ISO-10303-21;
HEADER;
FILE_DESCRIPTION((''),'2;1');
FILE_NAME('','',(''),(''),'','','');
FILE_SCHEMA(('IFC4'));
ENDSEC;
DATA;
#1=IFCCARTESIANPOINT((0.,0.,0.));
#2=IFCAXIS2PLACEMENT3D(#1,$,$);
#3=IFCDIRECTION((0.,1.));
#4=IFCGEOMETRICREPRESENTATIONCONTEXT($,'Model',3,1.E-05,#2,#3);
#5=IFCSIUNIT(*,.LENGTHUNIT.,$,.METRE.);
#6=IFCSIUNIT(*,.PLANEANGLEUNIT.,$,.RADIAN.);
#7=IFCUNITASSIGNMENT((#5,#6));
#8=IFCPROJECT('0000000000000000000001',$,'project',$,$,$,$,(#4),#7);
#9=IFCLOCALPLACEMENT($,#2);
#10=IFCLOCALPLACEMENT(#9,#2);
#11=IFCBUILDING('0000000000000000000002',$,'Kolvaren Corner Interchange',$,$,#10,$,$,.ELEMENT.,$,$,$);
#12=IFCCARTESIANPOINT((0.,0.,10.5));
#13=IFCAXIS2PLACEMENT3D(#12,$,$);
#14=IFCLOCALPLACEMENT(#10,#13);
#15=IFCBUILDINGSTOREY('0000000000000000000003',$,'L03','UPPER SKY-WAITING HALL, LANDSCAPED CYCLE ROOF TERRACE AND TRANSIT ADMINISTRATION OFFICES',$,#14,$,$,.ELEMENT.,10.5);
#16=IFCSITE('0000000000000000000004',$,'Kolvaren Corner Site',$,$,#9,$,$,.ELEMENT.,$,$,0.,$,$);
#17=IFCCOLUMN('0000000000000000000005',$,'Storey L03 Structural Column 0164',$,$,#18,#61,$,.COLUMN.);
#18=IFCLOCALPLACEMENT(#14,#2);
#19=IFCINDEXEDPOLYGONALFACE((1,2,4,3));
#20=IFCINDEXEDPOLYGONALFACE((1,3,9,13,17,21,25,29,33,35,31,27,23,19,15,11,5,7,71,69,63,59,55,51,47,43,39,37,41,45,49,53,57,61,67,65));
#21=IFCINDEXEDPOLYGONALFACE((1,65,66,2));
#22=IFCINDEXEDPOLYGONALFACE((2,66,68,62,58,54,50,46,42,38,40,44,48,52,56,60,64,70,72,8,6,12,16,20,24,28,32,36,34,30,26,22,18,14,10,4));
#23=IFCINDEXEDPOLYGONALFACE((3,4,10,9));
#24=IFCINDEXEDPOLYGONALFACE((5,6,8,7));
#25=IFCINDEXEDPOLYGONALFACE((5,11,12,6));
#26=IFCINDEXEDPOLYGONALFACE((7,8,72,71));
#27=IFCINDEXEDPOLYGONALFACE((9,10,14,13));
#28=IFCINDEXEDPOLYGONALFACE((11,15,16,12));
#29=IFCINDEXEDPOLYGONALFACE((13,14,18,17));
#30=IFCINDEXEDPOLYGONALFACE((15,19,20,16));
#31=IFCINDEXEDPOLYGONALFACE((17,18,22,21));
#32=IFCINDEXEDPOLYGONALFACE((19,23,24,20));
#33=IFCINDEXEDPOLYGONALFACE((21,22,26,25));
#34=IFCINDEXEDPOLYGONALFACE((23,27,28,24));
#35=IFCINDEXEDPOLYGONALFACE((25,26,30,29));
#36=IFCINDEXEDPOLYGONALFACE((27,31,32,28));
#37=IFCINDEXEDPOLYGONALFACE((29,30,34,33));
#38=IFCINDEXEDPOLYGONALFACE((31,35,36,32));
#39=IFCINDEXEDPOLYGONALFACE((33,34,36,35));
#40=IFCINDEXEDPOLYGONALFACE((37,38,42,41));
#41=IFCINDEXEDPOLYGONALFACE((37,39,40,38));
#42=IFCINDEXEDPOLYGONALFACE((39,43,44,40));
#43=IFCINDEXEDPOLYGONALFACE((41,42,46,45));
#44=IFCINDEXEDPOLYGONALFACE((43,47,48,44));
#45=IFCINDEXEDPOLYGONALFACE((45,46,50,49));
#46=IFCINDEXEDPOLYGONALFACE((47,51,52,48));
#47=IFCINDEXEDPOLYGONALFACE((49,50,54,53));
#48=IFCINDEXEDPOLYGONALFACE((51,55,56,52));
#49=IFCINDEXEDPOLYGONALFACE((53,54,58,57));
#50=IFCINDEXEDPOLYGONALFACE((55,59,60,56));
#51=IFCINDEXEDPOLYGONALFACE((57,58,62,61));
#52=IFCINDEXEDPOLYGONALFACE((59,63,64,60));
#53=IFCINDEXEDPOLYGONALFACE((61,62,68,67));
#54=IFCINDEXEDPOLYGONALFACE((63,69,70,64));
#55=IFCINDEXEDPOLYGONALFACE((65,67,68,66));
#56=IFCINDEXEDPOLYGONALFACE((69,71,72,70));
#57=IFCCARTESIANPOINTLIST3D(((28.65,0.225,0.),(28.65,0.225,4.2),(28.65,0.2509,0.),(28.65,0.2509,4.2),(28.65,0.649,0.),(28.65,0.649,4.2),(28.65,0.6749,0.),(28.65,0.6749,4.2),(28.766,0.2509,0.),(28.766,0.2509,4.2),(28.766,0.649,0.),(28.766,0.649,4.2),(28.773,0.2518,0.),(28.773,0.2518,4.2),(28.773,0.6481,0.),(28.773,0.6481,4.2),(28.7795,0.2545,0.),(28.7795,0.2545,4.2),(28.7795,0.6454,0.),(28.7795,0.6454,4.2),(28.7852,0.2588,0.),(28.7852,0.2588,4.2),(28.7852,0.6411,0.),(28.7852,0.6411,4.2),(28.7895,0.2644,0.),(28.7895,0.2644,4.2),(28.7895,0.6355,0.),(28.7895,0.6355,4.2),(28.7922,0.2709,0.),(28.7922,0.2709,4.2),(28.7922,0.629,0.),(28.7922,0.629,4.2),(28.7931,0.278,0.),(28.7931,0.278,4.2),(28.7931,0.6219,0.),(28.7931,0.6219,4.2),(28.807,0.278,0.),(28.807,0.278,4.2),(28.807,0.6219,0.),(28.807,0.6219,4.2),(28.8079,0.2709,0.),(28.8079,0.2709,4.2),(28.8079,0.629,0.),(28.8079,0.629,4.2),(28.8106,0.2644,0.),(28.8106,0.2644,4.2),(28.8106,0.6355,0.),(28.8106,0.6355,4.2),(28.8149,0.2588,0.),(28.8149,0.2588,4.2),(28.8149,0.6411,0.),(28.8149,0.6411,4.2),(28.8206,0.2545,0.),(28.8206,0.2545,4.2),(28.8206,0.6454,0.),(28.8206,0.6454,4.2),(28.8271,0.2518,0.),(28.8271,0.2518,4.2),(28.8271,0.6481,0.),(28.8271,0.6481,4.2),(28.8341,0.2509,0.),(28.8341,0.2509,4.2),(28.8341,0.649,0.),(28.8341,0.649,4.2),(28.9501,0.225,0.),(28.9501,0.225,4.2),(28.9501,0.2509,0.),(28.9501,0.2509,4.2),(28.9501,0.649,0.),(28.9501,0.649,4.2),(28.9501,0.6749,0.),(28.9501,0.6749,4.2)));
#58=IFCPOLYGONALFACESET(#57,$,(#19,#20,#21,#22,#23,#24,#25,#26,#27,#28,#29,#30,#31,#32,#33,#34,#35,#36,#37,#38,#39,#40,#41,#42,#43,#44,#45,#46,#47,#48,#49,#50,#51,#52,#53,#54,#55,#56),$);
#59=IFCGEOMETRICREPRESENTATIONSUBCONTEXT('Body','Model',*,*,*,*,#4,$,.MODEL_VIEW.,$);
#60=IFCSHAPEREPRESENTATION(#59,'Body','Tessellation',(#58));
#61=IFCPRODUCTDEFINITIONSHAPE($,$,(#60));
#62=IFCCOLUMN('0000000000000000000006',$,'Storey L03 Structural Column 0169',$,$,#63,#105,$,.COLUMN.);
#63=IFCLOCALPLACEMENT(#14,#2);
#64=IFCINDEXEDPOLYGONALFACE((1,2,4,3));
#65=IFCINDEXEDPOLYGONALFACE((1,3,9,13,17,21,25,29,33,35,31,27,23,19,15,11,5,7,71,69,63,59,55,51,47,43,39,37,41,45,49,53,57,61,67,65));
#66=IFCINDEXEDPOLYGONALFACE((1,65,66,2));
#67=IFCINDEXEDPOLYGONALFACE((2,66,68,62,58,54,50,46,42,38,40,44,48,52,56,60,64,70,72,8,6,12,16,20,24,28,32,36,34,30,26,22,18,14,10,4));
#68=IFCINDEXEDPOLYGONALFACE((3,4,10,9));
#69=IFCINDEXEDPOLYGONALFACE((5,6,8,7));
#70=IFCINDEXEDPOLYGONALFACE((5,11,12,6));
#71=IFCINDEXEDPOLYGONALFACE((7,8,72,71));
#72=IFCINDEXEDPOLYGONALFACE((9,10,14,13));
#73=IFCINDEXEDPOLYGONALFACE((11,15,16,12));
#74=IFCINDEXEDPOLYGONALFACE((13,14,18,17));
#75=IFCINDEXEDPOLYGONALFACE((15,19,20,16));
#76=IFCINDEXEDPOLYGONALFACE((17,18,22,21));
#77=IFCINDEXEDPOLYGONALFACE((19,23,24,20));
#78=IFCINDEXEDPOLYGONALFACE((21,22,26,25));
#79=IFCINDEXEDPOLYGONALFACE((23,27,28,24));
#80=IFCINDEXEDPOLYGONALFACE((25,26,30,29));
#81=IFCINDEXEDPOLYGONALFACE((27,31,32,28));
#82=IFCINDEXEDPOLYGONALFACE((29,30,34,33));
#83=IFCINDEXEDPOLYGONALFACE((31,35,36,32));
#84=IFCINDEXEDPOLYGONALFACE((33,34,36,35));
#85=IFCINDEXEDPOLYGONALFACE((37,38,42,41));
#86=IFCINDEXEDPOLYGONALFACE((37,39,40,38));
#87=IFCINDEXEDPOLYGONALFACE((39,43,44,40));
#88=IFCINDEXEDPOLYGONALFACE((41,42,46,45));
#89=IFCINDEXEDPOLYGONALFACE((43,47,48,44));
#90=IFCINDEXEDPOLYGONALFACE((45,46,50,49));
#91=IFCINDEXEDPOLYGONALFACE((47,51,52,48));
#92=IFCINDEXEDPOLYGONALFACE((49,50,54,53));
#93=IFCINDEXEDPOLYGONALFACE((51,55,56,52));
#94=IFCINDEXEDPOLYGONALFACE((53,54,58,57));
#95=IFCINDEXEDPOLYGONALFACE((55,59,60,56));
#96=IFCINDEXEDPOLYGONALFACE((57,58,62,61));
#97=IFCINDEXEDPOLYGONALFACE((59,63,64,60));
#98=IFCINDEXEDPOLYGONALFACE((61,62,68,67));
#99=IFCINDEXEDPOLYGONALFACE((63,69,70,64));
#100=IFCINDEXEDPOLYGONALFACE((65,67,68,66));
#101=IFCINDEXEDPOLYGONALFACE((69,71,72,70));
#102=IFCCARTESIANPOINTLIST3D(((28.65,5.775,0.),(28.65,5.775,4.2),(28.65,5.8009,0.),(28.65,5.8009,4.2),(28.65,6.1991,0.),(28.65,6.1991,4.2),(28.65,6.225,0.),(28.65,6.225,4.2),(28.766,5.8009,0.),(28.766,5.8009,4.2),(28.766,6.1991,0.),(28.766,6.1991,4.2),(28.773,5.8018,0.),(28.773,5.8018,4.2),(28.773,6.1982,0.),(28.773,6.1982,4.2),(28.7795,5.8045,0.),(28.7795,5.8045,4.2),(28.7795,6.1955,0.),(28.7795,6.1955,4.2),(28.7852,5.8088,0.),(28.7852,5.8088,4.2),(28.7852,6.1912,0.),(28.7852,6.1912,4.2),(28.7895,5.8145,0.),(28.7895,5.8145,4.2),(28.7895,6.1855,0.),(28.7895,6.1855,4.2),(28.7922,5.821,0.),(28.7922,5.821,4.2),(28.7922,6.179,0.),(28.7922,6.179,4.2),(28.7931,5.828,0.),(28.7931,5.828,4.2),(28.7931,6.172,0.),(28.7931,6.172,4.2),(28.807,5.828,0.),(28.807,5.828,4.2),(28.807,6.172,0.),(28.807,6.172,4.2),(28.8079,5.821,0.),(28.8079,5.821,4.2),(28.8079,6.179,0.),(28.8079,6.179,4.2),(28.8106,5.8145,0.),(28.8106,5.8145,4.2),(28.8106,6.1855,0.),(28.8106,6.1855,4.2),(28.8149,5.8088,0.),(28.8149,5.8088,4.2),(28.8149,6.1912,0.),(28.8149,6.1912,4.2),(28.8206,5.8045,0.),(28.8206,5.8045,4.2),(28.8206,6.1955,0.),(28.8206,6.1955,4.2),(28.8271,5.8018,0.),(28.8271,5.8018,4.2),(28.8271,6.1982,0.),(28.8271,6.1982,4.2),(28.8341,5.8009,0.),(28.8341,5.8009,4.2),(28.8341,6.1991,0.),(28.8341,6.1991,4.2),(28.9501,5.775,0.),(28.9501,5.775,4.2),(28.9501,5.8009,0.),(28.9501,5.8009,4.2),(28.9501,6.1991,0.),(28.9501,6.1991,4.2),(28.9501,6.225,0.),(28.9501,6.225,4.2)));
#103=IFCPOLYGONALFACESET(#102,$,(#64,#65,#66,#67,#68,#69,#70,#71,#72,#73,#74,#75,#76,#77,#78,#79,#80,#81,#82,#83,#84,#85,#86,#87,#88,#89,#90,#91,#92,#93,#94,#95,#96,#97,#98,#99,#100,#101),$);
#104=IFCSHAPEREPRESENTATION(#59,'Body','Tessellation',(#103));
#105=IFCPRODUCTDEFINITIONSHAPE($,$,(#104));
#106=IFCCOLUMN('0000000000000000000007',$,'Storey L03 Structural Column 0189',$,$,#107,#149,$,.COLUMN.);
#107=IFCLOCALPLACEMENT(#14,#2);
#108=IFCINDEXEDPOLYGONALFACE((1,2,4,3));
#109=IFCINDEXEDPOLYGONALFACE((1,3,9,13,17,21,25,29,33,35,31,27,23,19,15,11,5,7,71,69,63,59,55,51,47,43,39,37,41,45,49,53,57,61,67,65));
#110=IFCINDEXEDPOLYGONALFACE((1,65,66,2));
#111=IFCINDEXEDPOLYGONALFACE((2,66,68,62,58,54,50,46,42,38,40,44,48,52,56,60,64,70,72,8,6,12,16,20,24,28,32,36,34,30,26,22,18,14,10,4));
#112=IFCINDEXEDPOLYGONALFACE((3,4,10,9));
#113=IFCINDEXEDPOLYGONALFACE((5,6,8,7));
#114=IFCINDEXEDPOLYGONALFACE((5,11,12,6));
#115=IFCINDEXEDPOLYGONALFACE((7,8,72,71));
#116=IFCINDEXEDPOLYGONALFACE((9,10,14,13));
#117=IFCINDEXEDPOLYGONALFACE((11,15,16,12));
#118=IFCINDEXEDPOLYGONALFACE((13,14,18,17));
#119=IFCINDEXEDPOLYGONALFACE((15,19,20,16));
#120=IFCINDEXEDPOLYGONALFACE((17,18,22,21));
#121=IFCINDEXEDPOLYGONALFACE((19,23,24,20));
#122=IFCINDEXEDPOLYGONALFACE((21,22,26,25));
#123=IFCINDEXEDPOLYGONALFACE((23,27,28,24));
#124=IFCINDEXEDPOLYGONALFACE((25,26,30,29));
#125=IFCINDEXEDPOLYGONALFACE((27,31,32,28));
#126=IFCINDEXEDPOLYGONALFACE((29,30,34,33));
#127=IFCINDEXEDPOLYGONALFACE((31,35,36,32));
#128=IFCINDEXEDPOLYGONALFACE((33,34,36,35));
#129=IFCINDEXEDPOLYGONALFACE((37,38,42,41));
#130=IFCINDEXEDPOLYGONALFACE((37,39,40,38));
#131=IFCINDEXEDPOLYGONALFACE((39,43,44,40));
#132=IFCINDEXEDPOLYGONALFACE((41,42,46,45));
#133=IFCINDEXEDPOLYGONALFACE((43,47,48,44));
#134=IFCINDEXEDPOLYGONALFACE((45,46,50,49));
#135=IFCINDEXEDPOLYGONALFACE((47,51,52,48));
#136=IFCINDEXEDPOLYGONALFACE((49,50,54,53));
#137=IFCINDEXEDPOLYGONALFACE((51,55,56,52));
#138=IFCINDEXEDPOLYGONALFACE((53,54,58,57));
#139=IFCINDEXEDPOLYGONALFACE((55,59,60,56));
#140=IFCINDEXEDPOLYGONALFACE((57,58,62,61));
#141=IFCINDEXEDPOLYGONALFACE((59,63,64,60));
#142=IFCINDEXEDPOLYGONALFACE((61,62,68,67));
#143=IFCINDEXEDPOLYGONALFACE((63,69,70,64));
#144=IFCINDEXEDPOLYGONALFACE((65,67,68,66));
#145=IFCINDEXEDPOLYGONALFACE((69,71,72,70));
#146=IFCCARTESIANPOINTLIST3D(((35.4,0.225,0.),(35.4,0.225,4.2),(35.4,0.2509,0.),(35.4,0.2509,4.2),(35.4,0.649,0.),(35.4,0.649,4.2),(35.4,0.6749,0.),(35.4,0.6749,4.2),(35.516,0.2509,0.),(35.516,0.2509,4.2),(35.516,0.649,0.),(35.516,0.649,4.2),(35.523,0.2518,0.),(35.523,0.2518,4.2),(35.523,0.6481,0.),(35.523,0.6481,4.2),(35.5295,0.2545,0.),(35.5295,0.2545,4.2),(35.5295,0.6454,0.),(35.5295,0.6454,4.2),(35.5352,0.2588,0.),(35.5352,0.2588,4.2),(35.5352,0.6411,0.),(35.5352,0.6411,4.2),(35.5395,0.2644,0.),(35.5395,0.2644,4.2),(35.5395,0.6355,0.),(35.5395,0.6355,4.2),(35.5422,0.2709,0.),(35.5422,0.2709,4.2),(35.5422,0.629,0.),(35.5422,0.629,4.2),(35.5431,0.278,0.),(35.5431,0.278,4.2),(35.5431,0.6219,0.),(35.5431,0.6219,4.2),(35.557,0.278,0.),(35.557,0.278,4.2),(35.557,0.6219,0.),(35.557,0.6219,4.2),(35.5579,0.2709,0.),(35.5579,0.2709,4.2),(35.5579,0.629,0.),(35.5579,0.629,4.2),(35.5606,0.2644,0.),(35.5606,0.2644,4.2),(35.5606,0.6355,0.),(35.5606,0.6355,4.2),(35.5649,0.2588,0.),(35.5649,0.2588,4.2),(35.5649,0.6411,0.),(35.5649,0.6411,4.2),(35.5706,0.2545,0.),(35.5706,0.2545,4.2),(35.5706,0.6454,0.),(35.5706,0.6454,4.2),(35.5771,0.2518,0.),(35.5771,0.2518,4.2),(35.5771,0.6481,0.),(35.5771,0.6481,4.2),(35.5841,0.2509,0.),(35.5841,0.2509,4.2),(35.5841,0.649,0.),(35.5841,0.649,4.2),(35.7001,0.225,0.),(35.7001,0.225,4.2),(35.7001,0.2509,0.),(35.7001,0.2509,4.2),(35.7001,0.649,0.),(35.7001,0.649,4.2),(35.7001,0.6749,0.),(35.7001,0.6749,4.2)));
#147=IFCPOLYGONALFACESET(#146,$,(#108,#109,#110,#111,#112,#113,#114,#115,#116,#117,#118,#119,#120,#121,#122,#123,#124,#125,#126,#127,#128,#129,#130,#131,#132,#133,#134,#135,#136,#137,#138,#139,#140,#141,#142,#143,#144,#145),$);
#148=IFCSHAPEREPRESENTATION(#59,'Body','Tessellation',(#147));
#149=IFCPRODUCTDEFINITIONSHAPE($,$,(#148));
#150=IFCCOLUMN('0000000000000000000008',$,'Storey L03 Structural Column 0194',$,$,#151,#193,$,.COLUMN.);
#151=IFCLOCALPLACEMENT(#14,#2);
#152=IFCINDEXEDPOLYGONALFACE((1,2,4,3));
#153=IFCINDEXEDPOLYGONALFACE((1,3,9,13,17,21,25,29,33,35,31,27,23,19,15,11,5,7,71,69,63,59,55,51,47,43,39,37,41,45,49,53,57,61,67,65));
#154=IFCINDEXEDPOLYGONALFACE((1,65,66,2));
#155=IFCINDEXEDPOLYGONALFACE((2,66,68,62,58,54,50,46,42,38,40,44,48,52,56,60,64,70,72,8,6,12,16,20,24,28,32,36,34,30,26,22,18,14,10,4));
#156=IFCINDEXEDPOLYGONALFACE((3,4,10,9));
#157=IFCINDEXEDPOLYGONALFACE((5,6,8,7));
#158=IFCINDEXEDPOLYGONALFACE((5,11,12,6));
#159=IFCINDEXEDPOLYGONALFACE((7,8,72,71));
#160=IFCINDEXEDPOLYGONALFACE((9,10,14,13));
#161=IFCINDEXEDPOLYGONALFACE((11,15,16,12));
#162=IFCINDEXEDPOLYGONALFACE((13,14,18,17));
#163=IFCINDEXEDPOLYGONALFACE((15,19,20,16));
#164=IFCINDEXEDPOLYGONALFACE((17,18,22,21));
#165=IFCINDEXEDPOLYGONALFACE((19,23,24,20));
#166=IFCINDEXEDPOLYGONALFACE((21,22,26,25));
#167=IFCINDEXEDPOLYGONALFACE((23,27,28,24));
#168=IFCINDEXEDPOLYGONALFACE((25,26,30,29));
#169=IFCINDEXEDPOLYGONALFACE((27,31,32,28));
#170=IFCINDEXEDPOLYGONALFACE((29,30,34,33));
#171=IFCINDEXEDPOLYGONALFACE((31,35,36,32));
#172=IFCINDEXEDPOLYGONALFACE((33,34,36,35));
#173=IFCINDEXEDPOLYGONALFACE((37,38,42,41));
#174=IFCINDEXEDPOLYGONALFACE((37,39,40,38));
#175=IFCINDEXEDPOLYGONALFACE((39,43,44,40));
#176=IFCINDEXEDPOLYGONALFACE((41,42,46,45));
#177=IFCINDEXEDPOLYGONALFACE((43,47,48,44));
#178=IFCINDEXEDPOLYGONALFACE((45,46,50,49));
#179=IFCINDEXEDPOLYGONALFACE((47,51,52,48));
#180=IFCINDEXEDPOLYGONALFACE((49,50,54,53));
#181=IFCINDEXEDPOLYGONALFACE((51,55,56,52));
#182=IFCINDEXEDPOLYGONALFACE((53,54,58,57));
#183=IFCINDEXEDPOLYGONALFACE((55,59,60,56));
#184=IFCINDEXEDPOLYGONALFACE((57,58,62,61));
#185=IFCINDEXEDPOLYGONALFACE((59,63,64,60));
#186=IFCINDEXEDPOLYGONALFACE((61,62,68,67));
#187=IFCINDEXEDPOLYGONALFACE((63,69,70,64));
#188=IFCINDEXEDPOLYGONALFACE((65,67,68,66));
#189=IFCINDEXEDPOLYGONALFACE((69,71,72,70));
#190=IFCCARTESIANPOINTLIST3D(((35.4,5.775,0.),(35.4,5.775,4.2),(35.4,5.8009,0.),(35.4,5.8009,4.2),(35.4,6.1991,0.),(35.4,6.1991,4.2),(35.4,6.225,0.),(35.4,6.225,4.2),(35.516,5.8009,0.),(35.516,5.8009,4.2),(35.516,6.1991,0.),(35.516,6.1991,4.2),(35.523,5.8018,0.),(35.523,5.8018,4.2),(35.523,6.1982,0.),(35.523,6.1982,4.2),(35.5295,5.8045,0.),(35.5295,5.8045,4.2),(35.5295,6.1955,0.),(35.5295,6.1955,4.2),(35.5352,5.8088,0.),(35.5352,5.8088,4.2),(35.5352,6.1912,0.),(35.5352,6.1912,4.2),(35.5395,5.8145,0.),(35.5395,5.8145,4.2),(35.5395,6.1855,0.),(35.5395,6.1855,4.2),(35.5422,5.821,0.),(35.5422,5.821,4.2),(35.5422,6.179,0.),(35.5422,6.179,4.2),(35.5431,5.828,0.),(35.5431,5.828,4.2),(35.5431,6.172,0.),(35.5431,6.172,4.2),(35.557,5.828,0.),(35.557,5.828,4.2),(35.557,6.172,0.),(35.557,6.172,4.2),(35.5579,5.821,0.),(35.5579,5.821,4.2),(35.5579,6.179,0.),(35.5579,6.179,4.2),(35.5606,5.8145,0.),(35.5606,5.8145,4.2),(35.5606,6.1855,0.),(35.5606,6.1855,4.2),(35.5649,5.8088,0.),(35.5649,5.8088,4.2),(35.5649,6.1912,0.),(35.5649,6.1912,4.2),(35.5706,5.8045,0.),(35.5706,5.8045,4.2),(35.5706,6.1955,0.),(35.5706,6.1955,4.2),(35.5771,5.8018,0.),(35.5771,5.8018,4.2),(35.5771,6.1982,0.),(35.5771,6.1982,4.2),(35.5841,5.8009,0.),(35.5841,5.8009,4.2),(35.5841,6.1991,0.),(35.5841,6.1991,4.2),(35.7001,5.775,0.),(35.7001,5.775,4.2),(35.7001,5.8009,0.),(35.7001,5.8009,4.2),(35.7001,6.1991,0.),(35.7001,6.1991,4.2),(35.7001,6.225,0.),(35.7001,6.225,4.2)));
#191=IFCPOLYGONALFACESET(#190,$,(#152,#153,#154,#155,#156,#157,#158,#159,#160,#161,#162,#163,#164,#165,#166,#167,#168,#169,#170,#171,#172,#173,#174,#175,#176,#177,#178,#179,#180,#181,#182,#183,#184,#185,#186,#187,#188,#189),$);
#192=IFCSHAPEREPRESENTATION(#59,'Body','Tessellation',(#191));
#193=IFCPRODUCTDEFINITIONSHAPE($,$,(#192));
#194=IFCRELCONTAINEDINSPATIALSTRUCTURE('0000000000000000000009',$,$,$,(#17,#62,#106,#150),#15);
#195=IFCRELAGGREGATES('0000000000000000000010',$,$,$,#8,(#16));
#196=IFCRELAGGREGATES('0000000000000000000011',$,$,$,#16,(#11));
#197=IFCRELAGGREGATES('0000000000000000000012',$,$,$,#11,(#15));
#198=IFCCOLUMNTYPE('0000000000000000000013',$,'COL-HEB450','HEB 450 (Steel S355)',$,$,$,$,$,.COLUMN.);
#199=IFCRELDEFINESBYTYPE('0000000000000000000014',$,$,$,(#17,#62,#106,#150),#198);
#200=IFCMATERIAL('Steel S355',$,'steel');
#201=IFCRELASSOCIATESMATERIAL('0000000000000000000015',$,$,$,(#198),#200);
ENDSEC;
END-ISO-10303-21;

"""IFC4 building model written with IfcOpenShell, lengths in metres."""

from ifc_helpers import new_model, si_unit, direction, frame, origin, origin_2d, place, context, subcontext, project, spatial, i_section, extrude, material, material_profile, profile_set, type_object, element, save


model = new_model("IFC4")

# Units and contexts
model_context = context("Model", 3, precision=1e-05, world=origin(), true_north=direction((0.0, 1.0)))
body_context = subcontext(model_context, "Body", "Model", "MODEL_VIEW")
ifc_project = project(units=[si_unit("LENGTHUNIT", "METRE"), si_unit("PLANEANGLEUNIT", "RADIAN")], contexts=[model_context])

# Site, building, storey
site_placement = place(None, origin())
site = spatial("IfcSite", under=ifc_project, at=site_placement, Name="Kolvaren Corner Site", CompositionType="ELEMENT", RefElevation=0.0)
building_placement = place(site_placement, origin())
building = spatial("IfcBuilding", under=site, at=building_placement, Name="Kolvaren Corner Interchange", CompositionType="ELEMENT")
storey_placement = place(building_placement, frame((0.0, 0.0, 10.5)))
storey = spatial("IfcBuildingStorey", under=building, at=storey_placement, Name="L03", Description="UPPER SKY-WAITING HALL, LANDSCAPED CYCLE ROOF TERRACE AND TRANSIT ADMINISTRATION OFFICES", CompositionType="ELEMENT", Elevation=10.5)

# Columns
ifc_material_1 = material(Name="Steel S355", Category="steel")
ifc_material_profile_1 = material_profile(ifc_material_1, i_section(OverallWidth=0.3, OverallDepth=0.45, WebThickness=0.0139, FlangeThickness=0.0259, FilletRadius=0.0271, at=origin_2d()), Name="HEB 450")
ifc_profile_set_1 = profile_set([ifc_material_profile_1], Name="Steel S355")
column_type = type_object("IfcColumnType", Name="COL-HEB450", Description="HEB 450 (Steel S355)", PredefinedType="COLUMN", material=ifc_profile_set_1)
for number, where, z_axis, x_axis, name in (
    (1, (28.8, 0.45, 0.0), (0.0, 0.0, 1.0), (1.0, 0.0, 0.0), "Storey L03 Structural Column 0164"),
    (2, (28.8, 6.0, 0.0), (0.0, 0.0, 1.0), (1.0, 0.0, 0.0), "Storey L03 Structural Column 0169"),
    (3, (35.55, 0.45, 0.0), (0.0, 0.0, 1.0), (1.0, 0.0, 0.0), "Storey L03 Structural Column 0189"),
    (4, (35.55, 6.0, 0.0), (0.0, 0.0, 1.0), (1.0, 0.0, 0.0), "Storey L03 Structural Column 0194"),
):
    element("IfcColumn", number, at=place(storey_placement, frame(where, z_axis=z_axis, x_axis=x_axis)), inside=storey, type_object=column_type, Name=name, PredefinedType="COLUMN", context=body_context, shape_type="SweptSolid", body=[
        extrude(i_section(OverallWidth=0.3, OverallDepth=0.45, WebThickness=0.0139, FlangeThickness=0.0259, FilletRadius=0.0271, at=origin_2d()), origin(), (0.0, 0.0, 1.0), 4.2),
    ])

save(model, "model.ifc")
